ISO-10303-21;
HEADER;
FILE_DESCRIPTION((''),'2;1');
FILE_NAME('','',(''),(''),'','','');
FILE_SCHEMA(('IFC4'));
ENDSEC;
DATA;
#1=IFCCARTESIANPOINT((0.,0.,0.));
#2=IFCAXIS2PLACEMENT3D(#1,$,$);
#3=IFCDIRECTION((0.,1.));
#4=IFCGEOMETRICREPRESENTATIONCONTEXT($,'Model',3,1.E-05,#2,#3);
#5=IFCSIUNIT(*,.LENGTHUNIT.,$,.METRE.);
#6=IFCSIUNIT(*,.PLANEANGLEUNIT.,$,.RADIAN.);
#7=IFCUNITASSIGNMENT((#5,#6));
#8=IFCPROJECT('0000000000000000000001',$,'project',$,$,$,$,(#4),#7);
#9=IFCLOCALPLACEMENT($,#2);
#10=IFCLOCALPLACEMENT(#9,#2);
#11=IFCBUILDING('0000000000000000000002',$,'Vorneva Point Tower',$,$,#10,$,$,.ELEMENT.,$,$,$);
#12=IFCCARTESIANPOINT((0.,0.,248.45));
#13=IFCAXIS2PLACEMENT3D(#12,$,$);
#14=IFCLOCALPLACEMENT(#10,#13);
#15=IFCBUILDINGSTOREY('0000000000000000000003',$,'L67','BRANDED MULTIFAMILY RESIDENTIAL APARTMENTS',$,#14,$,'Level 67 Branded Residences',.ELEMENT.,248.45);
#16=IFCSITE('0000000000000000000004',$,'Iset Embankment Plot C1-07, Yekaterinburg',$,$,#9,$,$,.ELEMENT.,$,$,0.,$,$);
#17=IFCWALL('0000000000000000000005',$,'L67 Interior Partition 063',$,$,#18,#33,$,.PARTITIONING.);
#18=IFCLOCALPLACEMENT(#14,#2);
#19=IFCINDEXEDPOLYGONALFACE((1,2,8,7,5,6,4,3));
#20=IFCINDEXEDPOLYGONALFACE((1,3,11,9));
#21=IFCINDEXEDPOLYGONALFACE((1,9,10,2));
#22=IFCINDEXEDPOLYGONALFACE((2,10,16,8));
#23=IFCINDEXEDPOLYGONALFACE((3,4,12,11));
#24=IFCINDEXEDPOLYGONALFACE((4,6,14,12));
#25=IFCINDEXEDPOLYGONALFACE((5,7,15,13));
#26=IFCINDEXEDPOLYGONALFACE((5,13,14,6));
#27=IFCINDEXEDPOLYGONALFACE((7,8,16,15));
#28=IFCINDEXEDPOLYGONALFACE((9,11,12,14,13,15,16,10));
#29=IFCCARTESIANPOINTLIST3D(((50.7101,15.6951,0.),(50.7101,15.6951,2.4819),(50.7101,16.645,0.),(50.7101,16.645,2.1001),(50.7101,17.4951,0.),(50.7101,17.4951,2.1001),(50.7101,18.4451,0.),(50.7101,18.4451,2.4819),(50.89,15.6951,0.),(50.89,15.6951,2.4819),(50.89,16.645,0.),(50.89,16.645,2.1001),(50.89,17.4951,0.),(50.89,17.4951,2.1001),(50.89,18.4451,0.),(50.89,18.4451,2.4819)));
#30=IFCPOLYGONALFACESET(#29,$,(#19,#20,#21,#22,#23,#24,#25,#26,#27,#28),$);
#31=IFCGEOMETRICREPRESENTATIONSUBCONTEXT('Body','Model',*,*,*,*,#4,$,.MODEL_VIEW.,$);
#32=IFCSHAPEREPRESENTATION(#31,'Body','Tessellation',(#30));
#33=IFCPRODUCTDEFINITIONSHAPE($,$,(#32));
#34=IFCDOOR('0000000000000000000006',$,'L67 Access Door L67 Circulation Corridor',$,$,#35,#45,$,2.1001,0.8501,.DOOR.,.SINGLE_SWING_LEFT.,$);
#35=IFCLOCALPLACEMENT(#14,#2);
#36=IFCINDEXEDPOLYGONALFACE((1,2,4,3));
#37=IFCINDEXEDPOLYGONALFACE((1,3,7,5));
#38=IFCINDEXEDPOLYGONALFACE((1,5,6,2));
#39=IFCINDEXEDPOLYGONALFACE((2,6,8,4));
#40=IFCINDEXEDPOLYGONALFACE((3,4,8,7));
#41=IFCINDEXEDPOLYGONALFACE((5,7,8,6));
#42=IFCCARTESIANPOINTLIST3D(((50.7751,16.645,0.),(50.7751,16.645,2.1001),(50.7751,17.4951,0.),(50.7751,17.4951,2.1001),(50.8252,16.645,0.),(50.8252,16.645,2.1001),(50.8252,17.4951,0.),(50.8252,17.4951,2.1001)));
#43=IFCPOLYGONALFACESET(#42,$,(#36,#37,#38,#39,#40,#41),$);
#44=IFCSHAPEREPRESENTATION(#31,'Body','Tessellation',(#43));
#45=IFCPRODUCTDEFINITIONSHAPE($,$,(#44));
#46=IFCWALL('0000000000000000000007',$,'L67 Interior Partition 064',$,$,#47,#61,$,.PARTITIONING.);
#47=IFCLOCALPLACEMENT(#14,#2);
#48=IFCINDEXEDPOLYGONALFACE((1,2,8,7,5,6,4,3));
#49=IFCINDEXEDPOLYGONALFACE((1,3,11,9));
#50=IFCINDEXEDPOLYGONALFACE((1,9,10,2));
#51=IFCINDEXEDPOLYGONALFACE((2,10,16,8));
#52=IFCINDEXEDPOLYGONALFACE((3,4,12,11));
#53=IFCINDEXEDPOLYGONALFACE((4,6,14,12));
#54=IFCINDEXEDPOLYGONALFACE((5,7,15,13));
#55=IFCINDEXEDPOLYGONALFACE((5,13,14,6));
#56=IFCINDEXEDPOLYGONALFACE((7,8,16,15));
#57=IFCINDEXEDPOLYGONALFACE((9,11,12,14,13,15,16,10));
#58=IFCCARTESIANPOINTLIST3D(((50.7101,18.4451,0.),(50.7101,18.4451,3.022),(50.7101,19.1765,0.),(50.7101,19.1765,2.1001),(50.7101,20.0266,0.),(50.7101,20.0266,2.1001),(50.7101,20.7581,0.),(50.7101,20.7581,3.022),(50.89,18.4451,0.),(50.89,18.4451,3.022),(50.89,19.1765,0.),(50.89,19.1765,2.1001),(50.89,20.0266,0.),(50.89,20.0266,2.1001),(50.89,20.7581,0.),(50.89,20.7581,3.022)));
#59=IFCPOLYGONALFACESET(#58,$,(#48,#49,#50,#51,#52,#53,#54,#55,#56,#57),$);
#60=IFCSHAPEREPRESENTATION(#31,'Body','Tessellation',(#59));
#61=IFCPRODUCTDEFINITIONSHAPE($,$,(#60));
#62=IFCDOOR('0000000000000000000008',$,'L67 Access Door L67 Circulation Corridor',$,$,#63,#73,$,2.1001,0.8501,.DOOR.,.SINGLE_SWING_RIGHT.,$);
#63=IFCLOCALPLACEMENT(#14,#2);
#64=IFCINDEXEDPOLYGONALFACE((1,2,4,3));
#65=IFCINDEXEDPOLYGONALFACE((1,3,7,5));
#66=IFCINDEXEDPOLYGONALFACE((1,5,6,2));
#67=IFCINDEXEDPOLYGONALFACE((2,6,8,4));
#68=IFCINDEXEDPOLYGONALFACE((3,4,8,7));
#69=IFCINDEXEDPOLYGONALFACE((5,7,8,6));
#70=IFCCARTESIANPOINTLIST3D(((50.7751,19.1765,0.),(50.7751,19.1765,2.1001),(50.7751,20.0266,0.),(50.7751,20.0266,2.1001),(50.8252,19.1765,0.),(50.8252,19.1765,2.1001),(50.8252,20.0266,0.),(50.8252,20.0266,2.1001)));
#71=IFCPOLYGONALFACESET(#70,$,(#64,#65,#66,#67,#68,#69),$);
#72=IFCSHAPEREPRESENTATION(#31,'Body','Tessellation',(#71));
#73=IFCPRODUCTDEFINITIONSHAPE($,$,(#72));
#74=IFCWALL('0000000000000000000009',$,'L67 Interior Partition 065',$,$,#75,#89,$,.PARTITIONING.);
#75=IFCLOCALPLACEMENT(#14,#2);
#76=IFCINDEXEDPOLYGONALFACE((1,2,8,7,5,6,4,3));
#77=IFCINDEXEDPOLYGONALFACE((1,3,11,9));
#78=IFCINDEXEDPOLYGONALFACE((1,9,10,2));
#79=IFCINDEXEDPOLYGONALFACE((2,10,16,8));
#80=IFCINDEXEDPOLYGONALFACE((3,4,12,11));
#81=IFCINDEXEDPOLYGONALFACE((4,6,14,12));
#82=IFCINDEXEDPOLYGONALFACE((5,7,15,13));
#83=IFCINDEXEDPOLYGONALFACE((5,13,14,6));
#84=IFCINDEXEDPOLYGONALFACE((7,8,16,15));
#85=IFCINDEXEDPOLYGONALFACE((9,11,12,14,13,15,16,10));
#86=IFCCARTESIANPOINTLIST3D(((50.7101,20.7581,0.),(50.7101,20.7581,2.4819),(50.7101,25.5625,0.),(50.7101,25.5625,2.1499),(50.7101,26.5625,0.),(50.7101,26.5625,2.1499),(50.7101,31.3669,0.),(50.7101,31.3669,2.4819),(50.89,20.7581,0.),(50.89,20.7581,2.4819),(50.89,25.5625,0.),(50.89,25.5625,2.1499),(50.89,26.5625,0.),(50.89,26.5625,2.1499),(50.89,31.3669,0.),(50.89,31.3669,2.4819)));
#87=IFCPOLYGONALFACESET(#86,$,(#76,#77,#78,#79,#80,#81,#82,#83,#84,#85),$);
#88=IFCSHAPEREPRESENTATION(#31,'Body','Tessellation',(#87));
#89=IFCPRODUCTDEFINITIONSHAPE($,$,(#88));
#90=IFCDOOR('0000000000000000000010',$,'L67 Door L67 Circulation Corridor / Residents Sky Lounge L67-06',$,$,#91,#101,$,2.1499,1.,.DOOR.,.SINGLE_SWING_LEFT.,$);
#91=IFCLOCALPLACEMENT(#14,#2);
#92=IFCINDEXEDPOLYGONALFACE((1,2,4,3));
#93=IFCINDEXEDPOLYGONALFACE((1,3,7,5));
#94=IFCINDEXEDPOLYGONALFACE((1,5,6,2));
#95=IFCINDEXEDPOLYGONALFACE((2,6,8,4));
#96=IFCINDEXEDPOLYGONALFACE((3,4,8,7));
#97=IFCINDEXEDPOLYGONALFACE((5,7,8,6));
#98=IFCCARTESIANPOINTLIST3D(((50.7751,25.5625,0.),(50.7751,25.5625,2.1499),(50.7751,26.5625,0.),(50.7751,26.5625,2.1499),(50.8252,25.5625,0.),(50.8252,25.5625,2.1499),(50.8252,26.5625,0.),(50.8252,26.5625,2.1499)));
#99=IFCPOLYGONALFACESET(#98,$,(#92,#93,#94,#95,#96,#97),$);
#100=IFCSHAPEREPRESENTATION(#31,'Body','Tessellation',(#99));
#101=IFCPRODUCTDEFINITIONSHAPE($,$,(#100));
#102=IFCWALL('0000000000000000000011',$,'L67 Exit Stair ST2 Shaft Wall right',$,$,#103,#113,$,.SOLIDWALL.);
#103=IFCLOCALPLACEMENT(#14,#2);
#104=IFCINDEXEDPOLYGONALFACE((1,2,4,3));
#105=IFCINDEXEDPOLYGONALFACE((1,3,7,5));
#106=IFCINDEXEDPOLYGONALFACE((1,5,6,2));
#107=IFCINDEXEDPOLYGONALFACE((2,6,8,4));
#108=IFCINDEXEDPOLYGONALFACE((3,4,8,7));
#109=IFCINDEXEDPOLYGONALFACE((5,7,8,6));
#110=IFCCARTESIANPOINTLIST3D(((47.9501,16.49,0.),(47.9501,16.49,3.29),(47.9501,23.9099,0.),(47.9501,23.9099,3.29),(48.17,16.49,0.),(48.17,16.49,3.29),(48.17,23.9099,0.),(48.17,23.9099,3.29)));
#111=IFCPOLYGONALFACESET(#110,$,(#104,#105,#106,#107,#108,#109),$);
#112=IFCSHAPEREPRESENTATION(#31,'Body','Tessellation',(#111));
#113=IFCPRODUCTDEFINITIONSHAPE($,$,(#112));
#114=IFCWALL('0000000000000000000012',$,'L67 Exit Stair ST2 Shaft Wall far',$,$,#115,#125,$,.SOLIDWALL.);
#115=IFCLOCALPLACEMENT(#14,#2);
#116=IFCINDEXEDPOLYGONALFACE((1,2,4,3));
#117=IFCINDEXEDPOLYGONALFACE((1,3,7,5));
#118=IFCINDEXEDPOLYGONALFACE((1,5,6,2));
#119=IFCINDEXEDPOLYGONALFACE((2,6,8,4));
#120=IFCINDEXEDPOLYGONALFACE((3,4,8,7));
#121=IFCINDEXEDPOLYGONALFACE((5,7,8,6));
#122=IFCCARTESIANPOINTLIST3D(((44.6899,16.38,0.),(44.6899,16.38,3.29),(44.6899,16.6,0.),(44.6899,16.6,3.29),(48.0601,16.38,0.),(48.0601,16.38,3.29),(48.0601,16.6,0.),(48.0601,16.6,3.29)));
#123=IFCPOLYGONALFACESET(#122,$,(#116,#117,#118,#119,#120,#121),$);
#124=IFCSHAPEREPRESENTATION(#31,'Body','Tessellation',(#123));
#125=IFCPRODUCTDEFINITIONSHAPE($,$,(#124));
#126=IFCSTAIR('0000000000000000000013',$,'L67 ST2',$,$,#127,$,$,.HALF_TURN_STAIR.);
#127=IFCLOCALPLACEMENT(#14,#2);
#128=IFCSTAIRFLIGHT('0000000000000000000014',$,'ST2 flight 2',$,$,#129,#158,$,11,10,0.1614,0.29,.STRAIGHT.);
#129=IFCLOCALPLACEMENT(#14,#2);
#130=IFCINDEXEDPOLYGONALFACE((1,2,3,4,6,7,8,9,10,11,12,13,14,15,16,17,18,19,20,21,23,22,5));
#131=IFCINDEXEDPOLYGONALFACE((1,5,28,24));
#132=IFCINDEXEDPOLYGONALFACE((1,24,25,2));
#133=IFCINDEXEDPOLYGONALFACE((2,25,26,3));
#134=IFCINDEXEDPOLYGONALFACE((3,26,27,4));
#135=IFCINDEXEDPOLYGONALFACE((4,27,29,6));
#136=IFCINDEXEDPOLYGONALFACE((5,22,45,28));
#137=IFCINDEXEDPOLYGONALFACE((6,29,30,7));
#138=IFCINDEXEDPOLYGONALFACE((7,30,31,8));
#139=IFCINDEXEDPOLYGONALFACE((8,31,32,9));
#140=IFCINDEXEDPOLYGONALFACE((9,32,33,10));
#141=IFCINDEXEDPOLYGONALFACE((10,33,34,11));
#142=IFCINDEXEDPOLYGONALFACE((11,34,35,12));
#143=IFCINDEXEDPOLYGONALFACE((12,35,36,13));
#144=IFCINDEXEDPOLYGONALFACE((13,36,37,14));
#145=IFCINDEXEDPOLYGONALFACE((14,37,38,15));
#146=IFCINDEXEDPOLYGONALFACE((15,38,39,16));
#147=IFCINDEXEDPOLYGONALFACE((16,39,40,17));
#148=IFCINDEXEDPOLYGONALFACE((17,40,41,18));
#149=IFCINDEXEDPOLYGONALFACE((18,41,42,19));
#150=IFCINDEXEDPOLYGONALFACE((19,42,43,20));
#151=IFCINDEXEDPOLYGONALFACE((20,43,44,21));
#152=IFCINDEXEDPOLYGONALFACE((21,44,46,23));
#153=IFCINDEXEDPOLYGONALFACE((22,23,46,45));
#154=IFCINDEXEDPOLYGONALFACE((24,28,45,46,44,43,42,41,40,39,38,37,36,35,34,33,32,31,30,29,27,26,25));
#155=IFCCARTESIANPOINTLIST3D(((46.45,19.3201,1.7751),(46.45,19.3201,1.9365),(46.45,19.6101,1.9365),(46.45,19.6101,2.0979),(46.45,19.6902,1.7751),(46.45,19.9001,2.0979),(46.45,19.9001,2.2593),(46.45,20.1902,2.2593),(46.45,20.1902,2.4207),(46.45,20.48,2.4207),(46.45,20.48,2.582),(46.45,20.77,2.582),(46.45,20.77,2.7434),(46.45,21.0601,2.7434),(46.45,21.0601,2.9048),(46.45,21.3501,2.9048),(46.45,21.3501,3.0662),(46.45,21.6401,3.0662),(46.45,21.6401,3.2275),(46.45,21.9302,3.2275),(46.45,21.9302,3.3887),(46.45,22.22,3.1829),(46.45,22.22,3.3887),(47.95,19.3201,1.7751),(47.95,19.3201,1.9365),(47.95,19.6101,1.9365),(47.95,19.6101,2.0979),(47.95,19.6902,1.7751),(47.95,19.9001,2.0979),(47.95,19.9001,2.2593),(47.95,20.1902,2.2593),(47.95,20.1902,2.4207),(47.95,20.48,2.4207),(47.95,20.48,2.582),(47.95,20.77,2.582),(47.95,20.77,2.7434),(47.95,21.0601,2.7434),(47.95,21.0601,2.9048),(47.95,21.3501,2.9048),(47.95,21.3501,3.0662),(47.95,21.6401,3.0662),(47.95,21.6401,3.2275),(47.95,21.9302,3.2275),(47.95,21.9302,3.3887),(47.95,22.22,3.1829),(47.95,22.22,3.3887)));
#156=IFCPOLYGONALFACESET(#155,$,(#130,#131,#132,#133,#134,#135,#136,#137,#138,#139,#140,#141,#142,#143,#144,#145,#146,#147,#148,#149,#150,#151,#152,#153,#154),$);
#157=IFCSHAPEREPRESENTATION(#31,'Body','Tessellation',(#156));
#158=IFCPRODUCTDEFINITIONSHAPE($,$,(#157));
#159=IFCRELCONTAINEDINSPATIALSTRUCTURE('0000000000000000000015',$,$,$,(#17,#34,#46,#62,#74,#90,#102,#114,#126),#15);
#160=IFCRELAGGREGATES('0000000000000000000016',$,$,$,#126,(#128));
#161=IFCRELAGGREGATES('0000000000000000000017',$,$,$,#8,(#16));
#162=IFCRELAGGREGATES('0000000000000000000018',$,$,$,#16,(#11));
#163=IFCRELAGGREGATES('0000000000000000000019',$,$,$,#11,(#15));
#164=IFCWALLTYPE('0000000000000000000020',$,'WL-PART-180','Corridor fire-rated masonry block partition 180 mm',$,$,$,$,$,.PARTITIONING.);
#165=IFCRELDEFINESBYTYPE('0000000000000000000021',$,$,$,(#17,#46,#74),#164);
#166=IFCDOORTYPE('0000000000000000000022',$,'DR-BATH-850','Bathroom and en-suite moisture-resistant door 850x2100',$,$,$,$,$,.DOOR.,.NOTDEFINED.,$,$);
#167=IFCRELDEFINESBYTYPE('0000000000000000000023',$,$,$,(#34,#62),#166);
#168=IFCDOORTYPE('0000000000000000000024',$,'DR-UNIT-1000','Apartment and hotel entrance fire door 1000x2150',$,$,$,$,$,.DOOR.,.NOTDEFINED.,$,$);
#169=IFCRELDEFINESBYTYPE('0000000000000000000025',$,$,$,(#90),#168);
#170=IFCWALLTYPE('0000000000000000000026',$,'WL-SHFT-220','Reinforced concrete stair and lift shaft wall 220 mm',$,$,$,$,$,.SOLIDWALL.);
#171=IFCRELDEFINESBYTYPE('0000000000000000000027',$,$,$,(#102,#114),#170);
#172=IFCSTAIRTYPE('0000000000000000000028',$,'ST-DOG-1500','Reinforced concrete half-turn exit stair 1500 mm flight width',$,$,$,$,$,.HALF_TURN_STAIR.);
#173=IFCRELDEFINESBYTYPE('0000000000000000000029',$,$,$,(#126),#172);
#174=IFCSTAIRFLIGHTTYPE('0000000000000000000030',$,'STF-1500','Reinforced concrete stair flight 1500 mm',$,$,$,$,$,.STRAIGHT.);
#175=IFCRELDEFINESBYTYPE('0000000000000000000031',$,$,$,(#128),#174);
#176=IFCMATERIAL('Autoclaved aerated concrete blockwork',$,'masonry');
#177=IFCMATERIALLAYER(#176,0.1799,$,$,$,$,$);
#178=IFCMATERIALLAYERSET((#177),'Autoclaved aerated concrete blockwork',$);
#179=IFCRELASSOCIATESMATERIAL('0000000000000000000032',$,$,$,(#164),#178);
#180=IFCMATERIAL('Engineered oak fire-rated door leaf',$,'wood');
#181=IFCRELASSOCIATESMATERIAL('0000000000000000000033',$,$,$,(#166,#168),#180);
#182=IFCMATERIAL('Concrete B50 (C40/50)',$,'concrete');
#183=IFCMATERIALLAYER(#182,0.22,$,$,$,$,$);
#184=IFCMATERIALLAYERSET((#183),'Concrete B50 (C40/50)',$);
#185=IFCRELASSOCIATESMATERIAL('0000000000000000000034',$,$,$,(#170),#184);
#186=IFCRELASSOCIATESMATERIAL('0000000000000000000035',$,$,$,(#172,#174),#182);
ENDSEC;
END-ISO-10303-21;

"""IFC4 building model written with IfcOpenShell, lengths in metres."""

from ifc_helpers import new_model, si_unit, direction, frame, frame_2d, origin, place, context, subcontext, project, spatial, polyline, rectangle, outline, extrude, material, layer, layer_set, type_object, element, fill, aggregate, save


model = new_model("IFC4")

# Units and contexts
model_context = context("Model", 3, precision=1e-05, world=origin(), true_north=direction((0.0, 1.0)))
body_context = subcontext(model_context, "Body", "Model", "MODEL_VIEW")
ifc_project = project(units=[si_unit("LENGTHUNIT", "METRE"), si_unit("PLANEANGLEUNIT", "RADIAN")], contexts=[model_context])

# Site, building, storey
site_placement = place(None, origin())
site = spatial("IfcSite", under=ifc_project, at=site_placement, Name="Iset Embankment Plot C1-07, Yekaterinburg", CompositionType="ELEMENT", RefElevation=0.0)
building_placement = place(site_placement, origin())
building = spatial("IfcBuilding", under=site, at=building_placement, Name="Vorneva Point Tower", CompositionType="ELEMENT")
storey_placement = place(building_placement, frame((0.0, 0.0, 248.45)))
storey = spatial("IfcBuildingStorey", under=building, at=storey_placement, Name="L67", Description="BRANDED MULTIFAMILY RESIDENTIAL APARTMENTS", LongName="Level 67 Branded Residences", CompositionType="ELEMENT", Elevation=248.45)

# Shared definitions
ifc_material_1 = material(Name="Concrete B50 (C40/50)", Category="concrete")

# Shared definitions
ifc_material_2 = material(Name="Engineered oak fire-rated door leaf", Category="wood")

# Shared definitions
ifc_material_3 = material(Name="Autoclaved aerated concrete blockwork", Category="masonry")
ifc_layer_1 = layer(ifc_material_3, 0.1799)
ifc_layer_set_1 = layer_set([ifc_layer_1], Name="Autoclaved aerated concrete blockwork")
wall_type_1 = type_object("IfcWallType", Name="WL-PART-180", Description="Corridor fire-rated masonry block partition 180 mm", PredefinedType="PARTITIONING", material=ifc_layer_set_1)

# Walls, openings, doors
wall_1_placement = place(storey_placement, frame((50.8, 15.6951, 0.0), z_axis=(0.0, 0.0, 1.0), x_axis=(0.0, 1.0, 0.0)))
wall_1 = element("IfcWall", 1, at=wall_1_placement, inside=storey, type_object=wall_type_1, Name="L67 Interior Partition 063", PredefinedType="PARTITIONING", context=body_context, shape_type="SweptSolid", body=[
    extrude(rectangle(XDim=2.75, YDim=0.1799, at=frame_2d((1.375, 0.0))), origin(), (0.0, 0.0, 1.0), 2.4819),
])
opening_1_placement = place(wall_1_placement, frame((0.95, 0.0, 0.0)))
opening_1 = element("IfcOpeningElement", 2, at=opening_1_placement, cuts=wall_1, PredefinedType="OPENING", context=body_context, shape_type="SweptSolid", body=[
    extrude(rectangle(XDim=0.8501, YDim=2.1001, at=frame_2d((0.425, 1.05))), frame((0.0, 0.105, 0.0), z_axis=(0.0, -1.0, 0.0), x_axis=(1.0, 0.0, 0.0)), (0.0, 0.0, 1.0), 0.2097),
])
door_type_1 = type_object("IfcDoorType", Name="DR-BATH-850", Description="Bathroom and en-suite moisture-resistant door 850x2100", OperationType="NOTDEFINED", PredefinedType="DOOR", material=ifc_material_2)
door_1_placement = place(opening_1_placement, origin())
door_1 = element("IfcDoor", 3, at=door_1_placement, inside=storey, type_object=door_type_1, Name="L67 Access Door L67 Circulation Corridor", OperationType="SINGLE_SWING_LEFT", OverallHeight=2.1001, OverallWidth=0.8501, PredefinedType="DOOR", context=body_context, shape_type="SweptSolid", body=[
    extrude(rectangle(XDim=0.8501, YDim=2.1001, at=frame_2d((0.425, 1.05))), frame((0.0, 0.0249, 0.0), z_axis=(0.0, -1.0, 0.0), x_axis=(1.0, 0.0, 0.0)), (0.0, 0.0, 1.0), 0.05),
])
fill(opening_1, door_1)
wall_2_placement = place(storey_placement, frame((50.8, 18.4451, 0.0), z_axis=(0.0, 0.0, 1.0), x_axis=(0.0, 1.0, 0.0)))
wall_2 = element("IfcWall", 4, at=wall_2_placement, inside=storey, type_object=wall_type_1, Name="L67 Interior Partition 064", PredefinedType="PARTITIONING", context=body_context, shape_type="SweptSolid", body=[
    extrude(rectangle(XDim=2.313, YDim=0.1799, at=frame_2d((1.1565, 0.0))), origin(), (0.0, 0.0, 1.0), 3.022),
])
opening_2_placement = place(wall_2_placement, frame((0.7314, 0.0, 0.0)))
opening_2 = element("IfcOpeningElement", 5, at=opening_2_placement, cuts=wall_2, PredefinedType="OPENING", context=body_context, shape_type="SweptSolid", body=[
    extrude(rectangle(XDim=0.8501, YDim=2.1001, at=frame_2d((0.425, 1.05))), frame((0.0, 0.105, 0.0), z_axis=(0.0, -1.0, 0.0), x_axis=(1.0, 0.0, 0.0)), (0.0, 0.0, 1.0), 0.2097),
])
door_2_placement = place(opening_2_placement, origin())
door_2 = element("IfcDoor", 6, at=door_2_placement, inside=storey, type_object=door_type_1, Name="L67 Access Door L67 Circulation Corridor", OperationType="SINGLE_SWING_RIGHT", OverallHeight=2.1001, OverallWidth=0.8501, PredefinedType="DOOR", context=body_context, shape_type="SweptSolid", body=[
    extrude(rectangle(XDim=0.8501, YDim=2.1001, at=frame_2d((0.425, 1.05))), frame((0.0, 0.0249, 0.0), z_axis=(0.0, -1.0, 0.0), x_axis=(1.0, 0.0, 0.0)), (0.0, 0.0, 1.0), 0.05),
])
fill(opening_2, door_2)
wall_3_placement = place(storey_placement, frame((50.8, 20.7581, 0.0), z_axis=(0.0, 0.0, 1.0), x_axis=(0.0, 1.0, 0.0)))
wall_3 = element("IfcWall", 7, at=wall_3_placement, inside=storey, type_object=wall_type_1, Name="L67 Interior Partition 065", PredefinedType="PARTITIONING", context=body_context, shape_type="SweptSolid", body=[
    extrude(rectangle(XDim=10.6089, YDim=0.1799, at=frame_2d((5.3044, 0.0))), origin(), (0.0, 0.0, 1.0), 2.4819),
])
opening_3_placement = place(wall_3_placement, frame((4.8044, 0.0, 0.0)))
opening_3 = element("IfcOpeningElement", 8, at=opening_3_placement, cuts=wall_3, PredefinedType="OPENING", context=body_context, shape_type="SweptSolid", body=[
    extrude(rectangle(XDim=1.0, YDim=2.1499, at=frame_2d((0.5, 1.075))), frame((0.0, 0.105, 0.0), z_axis=(0.0, -1.0, 0.0), x_axis=(1.0, 0.0, 0.0)), (0.0, 0.0, 1.0), 0.2097),
])
door_type_2 = type_object("IfcDoorType", Name="DR-UNIT-1000", Description="Apartment and hotel entrance fire door 1000x2150", OperationType="NOTDEFINED", PredefinedType="DOOR", material=ifc_material_2)
door_3_placement = place(opening_3_placement, origin())
door_3 = element("IfcDoor", 9, at=door_3_placement, inside=storey, type_object=door_type_2, Name="L67 Door L67 Circulation Corridor / Residents Sky Lounge L67-06", OperationType="SINGLE_SWING_LEFT", OverallHeight=2.1499, OverallWidth=1.0, PredefinedType="DOOR", context=body_context, shape_type="SweptSolid", body=[
    extrude(rectangle(XDim=1.0, YDim=2.1499, at=frame_2d((0.5, 1.075))), frame((0.0, 0.0249, 0.0), z_axis=(0.0, -1.0, 0.0), x_axis=(1.0, 0.0, 0.0)), (0.0, 0.0, 1.0), 0.05),
])
fill(opening_3, door_3)

# Walls
ifc_layer_2 = layer(ifc_material_1, 0.22)
ifc_layer_set_2 = layer_set([ifc_layer_2], Name="Concrete B50 (C40/50)")
wall_type_2 = type_object("IfcWallType", Name="WL-SHFT-220", Description="Reinforced concrete stair and lift shaft wall 220 mm", PredefinedType="SOLIDWALL", material=ifc_layer_set_2)
wall_4_placement = place(storey_placement, frame((48.0601, 23.9099, 0.0), z_axis=(0.0, 0.0, 1.0), x_axis=(0.0, -1.0, 0.0)))
element("IfcWall", 10, at=wall_4_placement, inside=storey, type_object=wall_type_2, Name="L67 Exit Stair ST2 Shaft Wall right", PredefinedType="SOLIDWALL", context=body_context, shape_type="SweptSolid", body=[
    extrude(rectangle(XDim=7.4199, YDim=0.22, at=frame_2d((3.71, 0.0))), origin(), (0.0, 0.0, 1.0), 3.29),
])
wall_5_placement = place(storey_placement, frame((48.0601, 16.49, 0.0), z_axis=(0.0, 0.0, 1.0), x_axis=(-1.0, 0.0, 0.0)))
element("IfcWall", 11, at=wall_5_placement, inside=storey, type_object=wall_type_2, Name="L67 Exit Stair ST2 Shaft Wall far", PredefinedType="SOLIDWALL", context=body_context, shape_type="SweptSolid", body=[
    extrude(rectangle(XDim=3.3701, YDim=0.22, at=frame_2d((1.6851, 0.0))), origin(), (0.0, 0.0, 1.0), 3.29),
])

# Stair, stair flight
stair_type = type_object("IfcStairType", Name="ST-DOG-1500", Description="Reinforced concrete half-turn exit stair 1500 mm flight width", PredefinedType="HALF_TURN_STAIR", material=ifc_material_1)
stair_placement = place(storey_placement, origin())
stair = element("IfcStair", 12, at=stair_placement, inside=storey, type_object=stair_type, Name="L67 ST2", PredefinedType="HALF_TURN_STAIR")
stair_flight_type = type_object("IfcStairFlightType", Name="STF-1500", Description="Reinforced concrete stair flight 1500 mm", PredefinedType="STRAIGHT", material=ifc_material_1)
stair_flight_placement = place(storey_placement, frame((47.2, 19.3201, 1.7751), z_axis=(0.0, 0.0, 1.0), x_axis=(0.0, 1.0, 0.0)))
stair_flight = element("IfcStairFlight", 13, at=stair_flight_placement, type_object=stair_flight_type, Name="ST2 flight 2", NumberOfRisers=11, NumberOfTreads=10, PredefinedType="STRAIGHT", RiserHeight=0.1614, TreadLength=0.29, context=body_context, shape_type="SweptSolid", body=[
    extrude(outline(polyline([(0.0, 0.0), (0.0, 0.1614), (0.29, 0.1614), (0.29, 0.3228), (0.5801, 0.3228), (0.5801, 0.4841), (0.8701, 0.4841), (0.8701, 0.6455), (1.1599, 0.6455), (1.1599, 0.8069), (1.45, 0.8069), (1.45, 0.9683), (1.74, 0.9683), (1.74, 1.1296), (2.03, 1.1296), (2.03, 1.291), (2.3201, 1.291), (2.3201, 1.4524), (2.6101, 1.4524), (2.6101, 1.6135), (2.8999, 1.6135), (2.8999, 1.7749), (2.8999, 1.4077), (0.3701, 0.0), (0.0, 0.0)])), frame((0.0, 0.75, 0.0), z_axis=(0.0, -1.0, 0.0), x_axis=(1.0, 0.0, 0.0)), (0.0, 0.0, 1.0), 1.5),
])
aggregate(stair, [stair_flight])

save(model, "model.ifc")
